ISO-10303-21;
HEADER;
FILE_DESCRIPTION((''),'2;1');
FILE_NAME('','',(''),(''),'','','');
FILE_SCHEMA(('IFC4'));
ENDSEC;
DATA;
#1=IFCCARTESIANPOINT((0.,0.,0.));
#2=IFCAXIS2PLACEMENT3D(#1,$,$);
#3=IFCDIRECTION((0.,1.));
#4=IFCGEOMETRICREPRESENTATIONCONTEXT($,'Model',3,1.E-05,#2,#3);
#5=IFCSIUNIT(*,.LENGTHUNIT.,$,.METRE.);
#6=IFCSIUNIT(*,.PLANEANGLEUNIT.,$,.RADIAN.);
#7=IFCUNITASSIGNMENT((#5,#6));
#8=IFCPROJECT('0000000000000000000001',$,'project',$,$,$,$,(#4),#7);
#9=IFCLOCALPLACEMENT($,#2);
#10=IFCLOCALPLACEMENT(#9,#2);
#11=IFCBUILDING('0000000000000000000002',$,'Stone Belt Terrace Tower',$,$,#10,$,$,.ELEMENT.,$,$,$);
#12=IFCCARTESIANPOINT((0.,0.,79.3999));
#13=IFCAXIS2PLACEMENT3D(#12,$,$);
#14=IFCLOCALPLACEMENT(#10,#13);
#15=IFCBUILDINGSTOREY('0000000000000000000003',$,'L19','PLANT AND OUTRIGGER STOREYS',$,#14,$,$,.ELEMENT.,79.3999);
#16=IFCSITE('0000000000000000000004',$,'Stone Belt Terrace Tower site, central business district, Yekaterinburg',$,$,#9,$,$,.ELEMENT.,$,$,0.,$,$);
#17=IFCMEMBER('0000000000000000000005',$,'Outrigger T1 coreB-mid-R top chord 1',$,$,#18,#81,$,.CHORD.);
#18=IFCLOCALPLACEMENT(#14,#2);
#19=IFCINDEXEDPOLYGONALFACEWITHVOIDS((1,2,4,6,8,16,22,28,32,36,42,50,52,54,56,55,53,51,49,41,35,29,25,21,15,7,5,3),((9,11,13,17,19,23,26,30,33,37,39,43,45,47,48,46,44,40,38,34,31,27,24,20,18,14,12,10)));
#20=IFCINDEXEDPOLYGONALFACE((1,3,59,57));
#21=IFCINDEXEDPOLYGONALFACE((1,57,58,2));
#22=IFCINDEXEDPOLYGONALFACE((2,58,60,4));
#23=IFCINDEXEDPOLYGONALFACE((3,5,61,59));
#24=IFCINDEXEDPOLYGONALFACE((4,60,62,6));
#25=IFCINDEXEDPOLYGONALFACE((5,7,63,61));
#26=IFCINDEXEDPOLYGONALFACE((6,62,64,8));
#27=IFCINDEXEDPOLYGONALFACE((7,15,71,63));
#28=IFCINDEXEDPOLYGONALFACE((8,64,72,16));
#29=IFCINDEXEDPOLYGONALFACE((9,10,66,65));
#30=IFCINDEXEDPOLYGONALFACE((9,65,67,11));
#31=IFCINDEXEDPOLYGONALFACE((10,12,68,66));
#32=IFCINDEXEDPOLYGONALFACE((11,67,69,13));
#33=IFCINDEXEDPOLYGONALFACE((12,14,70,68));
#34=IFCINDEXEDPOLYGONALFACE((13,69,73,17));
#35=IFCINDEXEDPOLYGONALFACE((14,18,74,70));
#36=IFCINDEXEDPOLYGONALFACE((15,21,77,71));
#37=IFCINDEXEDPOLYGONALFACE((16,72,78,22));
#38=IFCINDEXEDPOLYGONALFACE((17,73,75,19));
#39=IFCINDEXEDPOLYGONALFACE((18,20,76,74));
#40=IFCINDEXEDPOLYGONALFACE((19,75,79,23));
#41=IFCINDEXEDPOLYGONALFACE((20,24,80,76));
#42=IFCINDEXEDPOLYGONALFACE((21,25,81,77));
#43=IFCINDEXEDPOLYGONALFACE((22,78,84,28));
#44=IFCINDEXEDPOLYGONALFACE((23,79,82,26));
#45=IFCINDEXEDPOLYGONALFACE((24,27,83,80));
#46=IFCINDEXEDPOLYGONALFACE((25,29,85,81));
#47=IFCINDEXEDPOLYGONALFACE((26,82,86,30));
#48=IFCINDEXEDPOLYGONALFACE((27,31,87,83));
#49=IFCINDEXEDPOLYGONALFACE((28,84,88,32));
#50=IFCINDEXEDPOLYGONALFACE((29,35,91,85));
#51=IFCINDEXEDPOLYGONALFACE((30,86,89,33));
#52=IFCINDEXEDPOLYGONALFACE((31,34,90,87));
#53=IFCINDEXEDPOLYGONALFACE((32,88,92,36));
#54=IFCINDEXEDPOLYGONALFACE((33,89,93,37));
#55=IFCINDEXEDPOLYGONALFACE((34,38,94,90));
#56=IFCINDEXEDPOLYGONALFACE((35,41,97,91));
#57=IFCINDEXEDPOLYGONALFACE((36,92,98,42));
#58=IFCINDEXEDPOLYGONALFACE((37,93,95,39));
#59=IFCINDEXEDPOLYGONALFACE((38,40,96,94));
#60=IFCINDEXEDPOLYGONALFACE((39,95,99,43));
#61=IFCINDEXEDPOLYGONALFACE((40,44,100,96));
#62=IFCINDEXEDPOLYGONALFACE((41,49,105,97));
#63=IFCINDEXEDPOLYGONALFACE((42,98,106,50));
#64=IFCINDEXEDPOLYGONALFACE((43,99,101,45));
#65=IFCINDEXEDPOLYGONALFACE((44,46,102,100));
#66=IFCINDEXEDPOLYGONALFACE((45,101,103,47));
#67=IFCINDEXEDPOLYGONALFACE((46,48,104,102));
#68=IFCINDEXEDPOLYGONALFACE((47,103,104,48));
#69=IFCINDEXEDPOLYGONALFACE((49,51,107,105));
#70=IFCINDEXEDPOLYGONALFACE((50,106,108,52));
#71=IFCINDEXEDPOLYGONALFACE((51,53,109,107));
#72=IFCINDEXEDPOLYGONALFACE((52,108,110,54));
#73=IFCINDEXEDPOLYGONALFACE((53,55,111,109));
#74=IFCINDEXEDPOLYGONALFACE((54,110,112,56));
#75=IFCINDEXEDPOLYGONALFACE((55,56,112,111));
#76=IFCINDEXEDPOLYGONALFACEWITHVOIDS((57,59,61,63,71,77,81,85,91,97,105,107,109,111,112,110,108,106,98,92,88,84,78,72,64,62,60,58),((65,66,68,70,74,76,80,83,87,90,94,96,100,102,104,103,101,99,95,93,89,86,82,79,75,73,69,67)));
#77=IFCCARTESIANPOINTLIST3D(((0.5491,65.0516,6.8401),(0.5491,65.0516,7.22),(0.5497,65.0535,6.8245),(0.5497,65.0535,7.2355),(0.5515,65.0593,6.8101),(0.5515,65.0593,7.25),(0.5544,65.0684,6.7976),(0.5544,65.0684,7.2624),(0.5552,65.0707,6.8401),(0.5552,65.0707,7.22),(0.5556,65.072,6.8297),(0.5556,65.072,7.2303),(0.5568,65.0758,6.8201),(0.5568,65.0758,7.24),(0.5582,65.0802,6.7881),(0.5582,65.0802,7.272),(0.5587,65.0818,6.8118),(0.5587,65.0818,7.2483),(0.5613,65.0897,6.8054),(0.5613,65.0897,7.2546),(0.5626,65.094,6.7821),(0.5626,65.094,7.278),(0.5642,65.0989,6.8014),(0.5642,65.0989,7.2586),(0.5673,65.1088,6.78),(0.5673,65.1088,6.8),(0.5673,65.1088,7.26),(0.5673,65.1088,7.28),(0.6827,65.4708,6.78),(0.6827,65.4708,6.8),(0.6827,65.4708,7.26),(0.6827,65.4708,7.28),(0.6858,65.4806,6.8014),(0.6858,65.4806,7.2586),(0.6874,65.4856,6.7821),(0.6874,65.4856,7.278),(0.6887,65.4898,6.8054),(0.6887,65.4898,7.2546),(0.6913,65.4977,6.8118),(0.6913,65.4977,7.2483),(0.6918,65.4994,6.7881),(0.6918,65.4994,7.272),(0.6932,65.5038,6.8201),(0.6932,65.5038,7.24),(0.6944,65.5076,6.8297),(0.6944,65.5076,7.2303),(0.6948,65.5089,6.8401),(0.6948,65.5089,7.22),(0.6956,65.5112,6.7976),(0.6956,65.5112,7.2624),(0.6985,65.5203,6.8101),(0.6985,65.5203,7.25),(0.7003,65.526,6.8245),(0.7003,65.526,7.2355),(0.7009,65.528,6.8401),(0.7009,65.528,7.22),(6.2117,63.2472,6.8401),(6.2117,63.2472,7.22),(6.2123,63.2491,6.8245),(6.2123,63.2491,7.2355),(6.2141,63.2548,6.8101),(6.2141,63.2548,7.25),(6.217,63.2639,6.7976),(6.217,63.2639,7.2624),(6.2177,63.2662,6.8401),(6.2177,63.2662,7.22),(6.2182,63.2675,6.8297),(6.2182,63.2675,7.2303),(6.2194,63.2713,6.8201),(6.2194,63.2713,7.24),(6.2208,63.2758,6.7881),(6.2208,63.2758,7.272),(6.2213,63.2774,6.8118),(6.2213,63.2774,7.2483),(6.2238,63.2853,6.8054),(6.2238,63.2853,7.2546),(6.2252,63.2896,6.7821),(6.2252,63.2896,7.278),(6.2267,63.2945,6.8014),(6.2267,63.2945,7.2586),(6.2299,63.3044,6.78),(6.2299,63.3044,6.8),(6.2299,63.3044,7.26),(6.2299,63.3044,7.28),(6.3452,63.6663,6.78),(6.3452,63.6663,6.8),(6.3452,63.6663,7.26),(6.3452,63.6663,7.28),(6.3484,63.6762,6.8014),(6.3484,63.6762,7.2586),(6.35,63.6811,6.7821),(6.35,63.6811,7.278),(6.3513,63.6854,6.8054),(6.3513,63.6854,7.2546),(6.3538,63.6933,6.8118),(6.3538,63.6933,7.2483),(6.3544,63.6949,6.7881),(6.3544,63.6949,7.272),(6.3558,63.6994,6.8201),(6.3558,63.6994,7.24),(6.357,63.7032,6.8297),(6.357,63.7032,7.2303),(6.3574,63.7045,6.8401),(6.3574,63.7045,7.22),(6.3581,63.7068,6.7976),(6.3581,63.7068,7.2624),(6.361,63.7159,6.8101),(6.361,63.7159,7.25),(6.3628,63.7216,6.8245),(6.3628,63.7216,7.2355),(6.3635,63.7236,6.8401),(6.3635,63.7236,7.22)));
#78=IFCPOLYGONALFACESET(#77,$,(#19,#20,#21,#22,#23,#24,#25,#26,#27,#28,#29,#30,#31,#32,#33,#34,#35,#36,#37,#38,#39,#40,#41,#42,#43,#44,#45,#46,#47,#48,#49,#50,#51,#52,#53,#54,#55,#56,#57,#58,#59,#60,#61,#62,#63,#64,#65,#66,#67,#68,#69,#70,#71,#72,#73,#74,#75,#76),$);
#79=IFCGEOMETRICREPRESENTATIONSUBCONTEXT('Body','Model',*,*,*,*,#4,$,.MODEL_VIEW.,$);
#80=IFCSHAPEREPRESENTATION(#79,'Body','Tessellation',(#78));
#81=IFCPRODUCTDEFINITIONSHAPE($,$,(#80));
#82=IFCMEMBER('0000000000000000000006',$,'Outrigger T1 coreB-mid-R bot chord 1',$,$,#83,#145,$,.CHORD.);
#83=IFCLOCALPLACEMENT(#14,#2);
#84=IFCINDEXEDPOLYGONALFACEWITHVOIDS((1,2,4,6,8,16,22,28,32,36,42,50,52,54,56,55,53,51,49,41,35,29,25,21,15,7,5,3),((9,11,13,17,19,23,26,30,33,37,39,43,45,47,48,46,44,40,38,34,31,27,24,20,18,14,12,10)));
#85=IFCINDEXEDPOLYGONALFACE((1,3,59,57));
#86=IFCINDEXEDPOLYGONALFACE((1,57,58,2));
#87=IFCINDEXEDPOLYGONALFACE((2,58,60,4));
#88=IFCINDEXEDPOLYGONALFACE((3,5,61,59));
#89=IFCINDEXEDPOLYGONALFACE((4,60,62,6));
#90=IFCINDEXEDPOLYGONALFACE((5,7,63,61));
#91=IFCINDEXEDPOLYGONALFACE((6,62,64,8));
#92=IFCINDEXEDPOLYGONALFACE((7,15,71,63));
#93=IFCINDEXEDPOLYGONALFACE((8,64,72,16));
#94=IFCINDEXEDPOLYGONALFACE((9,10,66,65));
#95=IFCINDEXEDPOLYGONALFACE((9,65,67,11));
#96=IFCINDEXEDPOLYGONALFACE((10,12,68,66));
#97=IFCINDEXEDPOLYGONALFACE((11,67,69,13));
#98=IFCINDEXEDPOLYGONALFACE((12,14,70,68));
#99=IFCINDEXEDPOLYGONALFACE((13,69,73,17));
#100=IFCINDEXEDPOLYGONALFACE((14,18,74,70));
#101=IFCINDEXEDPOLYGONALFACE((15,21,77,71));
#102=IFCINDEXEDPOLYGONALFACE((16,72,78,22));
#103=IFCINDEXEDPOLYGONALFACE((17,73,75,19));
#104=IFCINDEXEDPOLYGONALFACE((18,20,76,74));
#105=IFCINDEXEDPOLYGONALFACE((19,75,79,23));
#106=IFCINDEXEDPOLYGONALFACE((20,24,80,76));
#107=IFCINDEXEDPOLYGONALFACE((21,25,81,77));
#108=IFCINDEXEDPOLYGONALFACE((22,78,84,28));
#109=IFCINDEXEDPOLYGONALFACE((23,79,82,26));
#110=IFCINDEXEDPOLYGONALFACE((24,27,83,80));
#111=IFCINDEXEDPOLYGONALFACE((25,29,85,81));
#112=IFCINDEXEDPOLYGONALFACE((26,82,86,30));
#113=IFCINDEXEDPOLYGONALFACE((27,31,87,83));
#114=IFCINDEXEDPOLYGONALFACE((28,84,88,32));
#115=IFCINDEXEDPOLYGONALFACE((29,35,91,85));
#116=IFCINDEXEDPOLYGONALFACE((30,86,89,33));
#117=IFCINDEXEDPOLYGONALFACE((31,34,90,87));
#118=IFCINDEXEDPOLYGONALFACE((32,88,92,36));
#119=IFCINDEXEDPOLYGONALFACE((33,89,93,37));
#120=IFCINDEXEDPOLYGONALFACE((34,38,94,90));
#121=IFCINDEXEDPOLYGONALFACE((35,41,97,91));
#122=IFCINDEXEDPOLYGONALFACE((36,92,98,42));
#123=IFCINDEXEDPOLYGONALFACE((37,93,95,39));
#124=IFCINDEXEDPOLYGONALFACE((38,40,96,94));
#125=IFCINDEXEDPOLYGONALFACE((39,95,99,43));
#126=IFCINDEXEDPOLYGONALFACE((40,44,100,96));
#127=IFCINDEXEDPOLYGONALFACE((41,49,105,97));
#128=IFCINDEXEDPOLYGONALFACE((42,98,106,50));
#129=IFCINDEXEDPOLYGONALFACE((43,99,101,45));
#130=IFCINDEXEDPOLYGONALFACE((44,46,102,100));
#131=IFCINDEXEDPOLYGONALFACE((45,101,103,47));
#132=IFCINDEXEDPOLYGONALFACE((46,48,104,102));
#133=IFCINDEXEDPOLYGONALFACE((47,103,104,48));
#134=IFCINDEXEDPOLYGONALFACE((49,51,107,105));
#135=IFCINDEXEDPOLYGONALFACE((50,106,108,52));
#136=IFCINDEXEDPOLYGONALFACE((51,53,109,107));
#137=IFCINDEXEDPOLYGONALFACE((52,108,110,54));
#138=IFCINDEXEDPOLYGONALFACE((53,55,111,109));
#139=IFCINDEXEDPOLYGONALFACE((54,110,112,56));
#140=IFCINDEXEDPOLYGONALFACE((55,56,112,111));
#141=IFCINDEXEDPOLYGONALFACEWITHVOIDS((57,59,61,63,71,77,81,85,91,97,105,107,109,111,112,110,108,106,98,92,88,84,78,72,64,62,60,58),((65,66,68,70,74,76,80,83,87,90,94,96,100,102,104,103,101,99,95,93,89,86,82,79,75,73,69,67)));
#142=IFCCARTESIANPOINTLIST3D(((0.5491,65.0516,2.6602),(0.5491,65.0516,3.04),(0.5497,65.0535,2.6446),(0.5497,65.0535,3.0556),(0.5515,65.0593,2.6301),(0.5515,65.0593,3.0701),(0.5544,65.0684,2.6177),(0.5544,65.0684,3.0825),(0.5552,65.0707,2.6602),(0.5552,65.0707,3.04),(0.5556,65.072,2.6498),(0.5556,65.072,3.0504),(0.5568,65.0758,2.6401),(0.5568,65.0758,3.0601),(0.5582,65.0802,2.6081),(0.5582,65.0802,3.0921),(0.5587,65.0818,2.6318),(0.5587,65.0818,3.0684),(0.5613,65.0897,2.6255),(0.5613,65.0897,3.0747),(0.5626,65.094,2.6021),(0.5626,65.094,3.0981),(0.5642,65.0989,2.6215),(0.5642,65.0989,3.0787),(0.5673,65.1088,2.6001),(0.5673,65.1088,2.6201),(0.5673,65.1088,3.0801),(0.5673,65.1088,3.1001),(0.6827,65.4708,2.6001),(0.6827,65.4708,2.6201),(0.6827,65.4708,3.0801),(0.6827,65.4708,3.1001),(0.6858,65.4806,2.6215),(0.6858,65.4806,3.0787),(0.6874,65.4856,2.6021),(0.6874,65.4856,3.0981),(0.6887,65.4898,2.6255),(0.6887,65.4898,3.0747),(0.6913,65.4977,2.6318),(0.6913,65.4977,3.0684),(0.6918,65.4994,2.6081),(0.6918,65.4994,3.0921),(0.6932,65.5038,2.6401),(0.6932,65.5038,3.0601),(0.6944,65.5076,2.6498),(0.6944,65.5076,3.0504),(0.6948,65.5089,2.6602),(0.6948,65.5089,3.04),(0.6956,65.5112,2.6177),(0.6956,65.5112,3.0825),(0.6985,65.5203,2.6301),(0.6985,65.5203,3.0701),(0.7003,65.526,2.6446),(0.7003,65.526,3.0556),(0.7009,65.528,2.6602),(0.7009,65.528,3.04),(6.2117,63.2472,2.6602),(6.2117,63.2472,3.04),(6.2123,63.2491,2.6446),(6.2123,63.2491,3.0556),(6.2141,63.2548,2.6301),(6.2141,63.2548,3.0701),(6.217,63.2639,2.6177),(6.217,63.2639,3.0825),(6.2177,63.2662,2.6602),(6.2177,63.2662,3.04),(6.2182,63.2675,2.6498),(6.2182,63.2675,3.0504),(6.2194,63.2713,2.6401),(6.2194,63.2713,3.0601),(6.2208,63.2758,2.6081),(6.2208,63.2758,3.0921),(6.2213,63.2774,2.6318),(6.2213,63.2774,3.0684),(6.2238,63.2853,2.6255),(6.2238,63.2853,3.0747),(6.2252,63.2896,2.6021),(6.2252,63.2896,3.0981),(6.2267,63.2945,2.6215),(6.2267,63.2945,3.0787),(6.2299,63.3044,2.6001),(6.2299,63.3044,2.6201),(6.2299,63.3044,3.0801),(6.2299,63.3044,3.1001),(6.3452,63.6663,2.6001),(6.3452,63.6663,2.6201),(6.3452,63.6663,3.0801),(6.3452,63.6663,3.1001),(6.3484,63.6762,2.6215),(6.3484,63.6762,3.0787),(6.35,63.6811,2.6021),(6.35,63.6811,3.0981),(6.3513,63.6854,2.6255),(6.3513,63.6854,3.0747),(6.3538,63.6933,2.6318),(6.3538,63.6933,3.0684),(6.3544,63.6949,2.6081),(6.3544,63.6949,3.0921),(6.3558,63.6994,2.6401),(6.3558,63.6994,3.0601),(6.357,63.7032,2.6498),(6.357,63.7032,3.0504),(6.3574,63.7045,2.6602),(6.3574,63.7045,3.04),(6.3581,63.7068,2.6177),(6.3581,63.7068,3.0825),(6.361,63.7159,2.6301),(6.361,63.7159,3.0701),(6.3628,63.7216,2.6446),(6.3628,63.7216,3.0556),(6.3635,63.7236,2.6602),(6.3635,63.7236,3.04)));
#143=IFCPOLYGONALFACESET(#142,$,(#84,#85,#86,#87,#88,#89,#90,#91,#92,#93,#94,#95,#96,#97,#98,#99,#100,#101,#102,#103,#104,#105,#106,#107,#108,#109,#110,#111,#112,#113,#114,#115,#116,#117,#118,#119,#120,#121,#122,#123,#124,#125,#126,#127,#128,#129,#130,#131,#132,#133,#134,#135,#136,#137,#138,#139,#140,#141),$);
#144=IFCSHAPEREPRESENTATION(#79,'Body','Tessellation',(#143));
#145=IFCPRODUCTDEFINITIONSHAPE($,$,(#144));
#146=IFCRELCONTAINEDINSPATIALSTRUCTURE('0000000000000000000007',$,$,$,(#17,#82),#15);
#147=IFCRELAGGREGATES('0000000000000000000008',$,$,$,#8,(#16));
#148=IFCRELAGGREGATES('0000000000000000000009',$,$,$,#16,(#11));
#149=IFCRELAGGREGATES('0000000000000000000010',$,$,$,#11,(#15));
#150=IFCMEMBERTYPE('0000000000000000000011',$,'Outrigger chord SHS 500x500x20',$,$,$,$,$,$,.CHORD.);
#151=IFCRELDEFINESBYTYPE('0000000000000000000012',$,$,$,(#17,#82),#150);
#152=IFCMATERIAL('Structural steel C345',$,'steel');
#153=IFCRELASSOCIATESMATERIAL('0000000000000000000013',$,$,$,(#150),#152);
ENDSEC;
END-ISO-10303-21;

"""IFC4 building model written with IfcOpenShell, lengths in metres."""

from ifc_helpers import new_model, si_unit, direction, frame, origin, origin_2d, place, context, subcontext, project, spatial, hollow_rectangle, extrude, material, material_profile, profile_set, type_object, element, save


model = new_model("IFC4")

# Units and contexts
model_context = context("Model", 3, precision=1e-05, world=origin(), true_north=direction((0.0, 1.0)))
body_context = subcontext(model_context, "Body", "Model", "MODEL_VIEW")
ifc_project = project(units=[si_unit("LENGTHUNIT", "METRE"), si_unit("PLANEANGLEUNIT", "RADIAN")], contexts=[model_context])

# Site, building, storey
site_placement = place(None, origin())
site = spatial("IfcSite", under=ifc_project, at=site_placement, Name="Stone Belt Terrace Tower site, central business district, Yekaterinburg", CompositionType="ELEMENT", RefElevation=0.0)
building_placement = place(site_placement, origin())
building = spatial("IfcBuilding", under=site, at=building_placement, Name="Stone Belt Terrace Tower", CompositionType="ELEMENT")
storey_placement = place(building_placement, frame((0.0, 0.0, 79.3999)))
storey = spatial("IfcBuildingStorey", under=building, at=storey_placement, Name="L19", Description="PLANT AND OUTRIGGER STOREYS", CompositionType="ELEMENT", Elevation=79.3999)

# Members
ifc_material_1 = material(Name="Structural steel C345", Category="steel")
ifc_material_profile_1 = material_profile(ifc_material_1, hollow_rectangle(XDim=0.5, YDim=0.5, WallThickness=0.02, InnerFilletRadius=0.04, OuterFilletRadius=0.0601, at=origin_2d()), Name="SHS 500x500x20")
ifc_profile_set_1 = profile_set([ifc_material_profile_1], Name="Structural steel C345")
member_type_1 = type_object("IfcMemberType", Name="Outrigger chord SHS 500x500x20", PredefinedType="CHORD", material=ifc_profile_set_1)
for number, where, z_axis, x_axis, name in (
    (1, (0.625, 65.2898, 7.03), (0.952794, -0.303617, 0.0), (0.303617, 0.952794, 0.0), "Outrigger T1 coreB-mid-R top chord 1"),
    (2, (0.625, 65.2898, 2.8501), (0.952794, -0.303617, 0.0), (0.303617, 0.952794, 0.0), "Outrigger T1 coreB-mid-R bot chord 1"),
):
    element("IfcMember", number, at=place(storey_placement, frame(where, z_axis=z_axis, x_axis=x_axis)), inside=storey, type_object=member_type_1, Name=name, PredefinedType="CHORD", context=body_context, shape_type="SweptSolid", body=[
        extrude(hollow_rectangle(XDim=0.5, YDim=0.5, WallThickness=0.02, InnerFilletRadius=0.04, OuterFilletRadius=0.0601, at=origin_2d()), origin(), (0.0, 0.0, 1.0), 5.9431),
    ])

save(model, "model.ifc")
